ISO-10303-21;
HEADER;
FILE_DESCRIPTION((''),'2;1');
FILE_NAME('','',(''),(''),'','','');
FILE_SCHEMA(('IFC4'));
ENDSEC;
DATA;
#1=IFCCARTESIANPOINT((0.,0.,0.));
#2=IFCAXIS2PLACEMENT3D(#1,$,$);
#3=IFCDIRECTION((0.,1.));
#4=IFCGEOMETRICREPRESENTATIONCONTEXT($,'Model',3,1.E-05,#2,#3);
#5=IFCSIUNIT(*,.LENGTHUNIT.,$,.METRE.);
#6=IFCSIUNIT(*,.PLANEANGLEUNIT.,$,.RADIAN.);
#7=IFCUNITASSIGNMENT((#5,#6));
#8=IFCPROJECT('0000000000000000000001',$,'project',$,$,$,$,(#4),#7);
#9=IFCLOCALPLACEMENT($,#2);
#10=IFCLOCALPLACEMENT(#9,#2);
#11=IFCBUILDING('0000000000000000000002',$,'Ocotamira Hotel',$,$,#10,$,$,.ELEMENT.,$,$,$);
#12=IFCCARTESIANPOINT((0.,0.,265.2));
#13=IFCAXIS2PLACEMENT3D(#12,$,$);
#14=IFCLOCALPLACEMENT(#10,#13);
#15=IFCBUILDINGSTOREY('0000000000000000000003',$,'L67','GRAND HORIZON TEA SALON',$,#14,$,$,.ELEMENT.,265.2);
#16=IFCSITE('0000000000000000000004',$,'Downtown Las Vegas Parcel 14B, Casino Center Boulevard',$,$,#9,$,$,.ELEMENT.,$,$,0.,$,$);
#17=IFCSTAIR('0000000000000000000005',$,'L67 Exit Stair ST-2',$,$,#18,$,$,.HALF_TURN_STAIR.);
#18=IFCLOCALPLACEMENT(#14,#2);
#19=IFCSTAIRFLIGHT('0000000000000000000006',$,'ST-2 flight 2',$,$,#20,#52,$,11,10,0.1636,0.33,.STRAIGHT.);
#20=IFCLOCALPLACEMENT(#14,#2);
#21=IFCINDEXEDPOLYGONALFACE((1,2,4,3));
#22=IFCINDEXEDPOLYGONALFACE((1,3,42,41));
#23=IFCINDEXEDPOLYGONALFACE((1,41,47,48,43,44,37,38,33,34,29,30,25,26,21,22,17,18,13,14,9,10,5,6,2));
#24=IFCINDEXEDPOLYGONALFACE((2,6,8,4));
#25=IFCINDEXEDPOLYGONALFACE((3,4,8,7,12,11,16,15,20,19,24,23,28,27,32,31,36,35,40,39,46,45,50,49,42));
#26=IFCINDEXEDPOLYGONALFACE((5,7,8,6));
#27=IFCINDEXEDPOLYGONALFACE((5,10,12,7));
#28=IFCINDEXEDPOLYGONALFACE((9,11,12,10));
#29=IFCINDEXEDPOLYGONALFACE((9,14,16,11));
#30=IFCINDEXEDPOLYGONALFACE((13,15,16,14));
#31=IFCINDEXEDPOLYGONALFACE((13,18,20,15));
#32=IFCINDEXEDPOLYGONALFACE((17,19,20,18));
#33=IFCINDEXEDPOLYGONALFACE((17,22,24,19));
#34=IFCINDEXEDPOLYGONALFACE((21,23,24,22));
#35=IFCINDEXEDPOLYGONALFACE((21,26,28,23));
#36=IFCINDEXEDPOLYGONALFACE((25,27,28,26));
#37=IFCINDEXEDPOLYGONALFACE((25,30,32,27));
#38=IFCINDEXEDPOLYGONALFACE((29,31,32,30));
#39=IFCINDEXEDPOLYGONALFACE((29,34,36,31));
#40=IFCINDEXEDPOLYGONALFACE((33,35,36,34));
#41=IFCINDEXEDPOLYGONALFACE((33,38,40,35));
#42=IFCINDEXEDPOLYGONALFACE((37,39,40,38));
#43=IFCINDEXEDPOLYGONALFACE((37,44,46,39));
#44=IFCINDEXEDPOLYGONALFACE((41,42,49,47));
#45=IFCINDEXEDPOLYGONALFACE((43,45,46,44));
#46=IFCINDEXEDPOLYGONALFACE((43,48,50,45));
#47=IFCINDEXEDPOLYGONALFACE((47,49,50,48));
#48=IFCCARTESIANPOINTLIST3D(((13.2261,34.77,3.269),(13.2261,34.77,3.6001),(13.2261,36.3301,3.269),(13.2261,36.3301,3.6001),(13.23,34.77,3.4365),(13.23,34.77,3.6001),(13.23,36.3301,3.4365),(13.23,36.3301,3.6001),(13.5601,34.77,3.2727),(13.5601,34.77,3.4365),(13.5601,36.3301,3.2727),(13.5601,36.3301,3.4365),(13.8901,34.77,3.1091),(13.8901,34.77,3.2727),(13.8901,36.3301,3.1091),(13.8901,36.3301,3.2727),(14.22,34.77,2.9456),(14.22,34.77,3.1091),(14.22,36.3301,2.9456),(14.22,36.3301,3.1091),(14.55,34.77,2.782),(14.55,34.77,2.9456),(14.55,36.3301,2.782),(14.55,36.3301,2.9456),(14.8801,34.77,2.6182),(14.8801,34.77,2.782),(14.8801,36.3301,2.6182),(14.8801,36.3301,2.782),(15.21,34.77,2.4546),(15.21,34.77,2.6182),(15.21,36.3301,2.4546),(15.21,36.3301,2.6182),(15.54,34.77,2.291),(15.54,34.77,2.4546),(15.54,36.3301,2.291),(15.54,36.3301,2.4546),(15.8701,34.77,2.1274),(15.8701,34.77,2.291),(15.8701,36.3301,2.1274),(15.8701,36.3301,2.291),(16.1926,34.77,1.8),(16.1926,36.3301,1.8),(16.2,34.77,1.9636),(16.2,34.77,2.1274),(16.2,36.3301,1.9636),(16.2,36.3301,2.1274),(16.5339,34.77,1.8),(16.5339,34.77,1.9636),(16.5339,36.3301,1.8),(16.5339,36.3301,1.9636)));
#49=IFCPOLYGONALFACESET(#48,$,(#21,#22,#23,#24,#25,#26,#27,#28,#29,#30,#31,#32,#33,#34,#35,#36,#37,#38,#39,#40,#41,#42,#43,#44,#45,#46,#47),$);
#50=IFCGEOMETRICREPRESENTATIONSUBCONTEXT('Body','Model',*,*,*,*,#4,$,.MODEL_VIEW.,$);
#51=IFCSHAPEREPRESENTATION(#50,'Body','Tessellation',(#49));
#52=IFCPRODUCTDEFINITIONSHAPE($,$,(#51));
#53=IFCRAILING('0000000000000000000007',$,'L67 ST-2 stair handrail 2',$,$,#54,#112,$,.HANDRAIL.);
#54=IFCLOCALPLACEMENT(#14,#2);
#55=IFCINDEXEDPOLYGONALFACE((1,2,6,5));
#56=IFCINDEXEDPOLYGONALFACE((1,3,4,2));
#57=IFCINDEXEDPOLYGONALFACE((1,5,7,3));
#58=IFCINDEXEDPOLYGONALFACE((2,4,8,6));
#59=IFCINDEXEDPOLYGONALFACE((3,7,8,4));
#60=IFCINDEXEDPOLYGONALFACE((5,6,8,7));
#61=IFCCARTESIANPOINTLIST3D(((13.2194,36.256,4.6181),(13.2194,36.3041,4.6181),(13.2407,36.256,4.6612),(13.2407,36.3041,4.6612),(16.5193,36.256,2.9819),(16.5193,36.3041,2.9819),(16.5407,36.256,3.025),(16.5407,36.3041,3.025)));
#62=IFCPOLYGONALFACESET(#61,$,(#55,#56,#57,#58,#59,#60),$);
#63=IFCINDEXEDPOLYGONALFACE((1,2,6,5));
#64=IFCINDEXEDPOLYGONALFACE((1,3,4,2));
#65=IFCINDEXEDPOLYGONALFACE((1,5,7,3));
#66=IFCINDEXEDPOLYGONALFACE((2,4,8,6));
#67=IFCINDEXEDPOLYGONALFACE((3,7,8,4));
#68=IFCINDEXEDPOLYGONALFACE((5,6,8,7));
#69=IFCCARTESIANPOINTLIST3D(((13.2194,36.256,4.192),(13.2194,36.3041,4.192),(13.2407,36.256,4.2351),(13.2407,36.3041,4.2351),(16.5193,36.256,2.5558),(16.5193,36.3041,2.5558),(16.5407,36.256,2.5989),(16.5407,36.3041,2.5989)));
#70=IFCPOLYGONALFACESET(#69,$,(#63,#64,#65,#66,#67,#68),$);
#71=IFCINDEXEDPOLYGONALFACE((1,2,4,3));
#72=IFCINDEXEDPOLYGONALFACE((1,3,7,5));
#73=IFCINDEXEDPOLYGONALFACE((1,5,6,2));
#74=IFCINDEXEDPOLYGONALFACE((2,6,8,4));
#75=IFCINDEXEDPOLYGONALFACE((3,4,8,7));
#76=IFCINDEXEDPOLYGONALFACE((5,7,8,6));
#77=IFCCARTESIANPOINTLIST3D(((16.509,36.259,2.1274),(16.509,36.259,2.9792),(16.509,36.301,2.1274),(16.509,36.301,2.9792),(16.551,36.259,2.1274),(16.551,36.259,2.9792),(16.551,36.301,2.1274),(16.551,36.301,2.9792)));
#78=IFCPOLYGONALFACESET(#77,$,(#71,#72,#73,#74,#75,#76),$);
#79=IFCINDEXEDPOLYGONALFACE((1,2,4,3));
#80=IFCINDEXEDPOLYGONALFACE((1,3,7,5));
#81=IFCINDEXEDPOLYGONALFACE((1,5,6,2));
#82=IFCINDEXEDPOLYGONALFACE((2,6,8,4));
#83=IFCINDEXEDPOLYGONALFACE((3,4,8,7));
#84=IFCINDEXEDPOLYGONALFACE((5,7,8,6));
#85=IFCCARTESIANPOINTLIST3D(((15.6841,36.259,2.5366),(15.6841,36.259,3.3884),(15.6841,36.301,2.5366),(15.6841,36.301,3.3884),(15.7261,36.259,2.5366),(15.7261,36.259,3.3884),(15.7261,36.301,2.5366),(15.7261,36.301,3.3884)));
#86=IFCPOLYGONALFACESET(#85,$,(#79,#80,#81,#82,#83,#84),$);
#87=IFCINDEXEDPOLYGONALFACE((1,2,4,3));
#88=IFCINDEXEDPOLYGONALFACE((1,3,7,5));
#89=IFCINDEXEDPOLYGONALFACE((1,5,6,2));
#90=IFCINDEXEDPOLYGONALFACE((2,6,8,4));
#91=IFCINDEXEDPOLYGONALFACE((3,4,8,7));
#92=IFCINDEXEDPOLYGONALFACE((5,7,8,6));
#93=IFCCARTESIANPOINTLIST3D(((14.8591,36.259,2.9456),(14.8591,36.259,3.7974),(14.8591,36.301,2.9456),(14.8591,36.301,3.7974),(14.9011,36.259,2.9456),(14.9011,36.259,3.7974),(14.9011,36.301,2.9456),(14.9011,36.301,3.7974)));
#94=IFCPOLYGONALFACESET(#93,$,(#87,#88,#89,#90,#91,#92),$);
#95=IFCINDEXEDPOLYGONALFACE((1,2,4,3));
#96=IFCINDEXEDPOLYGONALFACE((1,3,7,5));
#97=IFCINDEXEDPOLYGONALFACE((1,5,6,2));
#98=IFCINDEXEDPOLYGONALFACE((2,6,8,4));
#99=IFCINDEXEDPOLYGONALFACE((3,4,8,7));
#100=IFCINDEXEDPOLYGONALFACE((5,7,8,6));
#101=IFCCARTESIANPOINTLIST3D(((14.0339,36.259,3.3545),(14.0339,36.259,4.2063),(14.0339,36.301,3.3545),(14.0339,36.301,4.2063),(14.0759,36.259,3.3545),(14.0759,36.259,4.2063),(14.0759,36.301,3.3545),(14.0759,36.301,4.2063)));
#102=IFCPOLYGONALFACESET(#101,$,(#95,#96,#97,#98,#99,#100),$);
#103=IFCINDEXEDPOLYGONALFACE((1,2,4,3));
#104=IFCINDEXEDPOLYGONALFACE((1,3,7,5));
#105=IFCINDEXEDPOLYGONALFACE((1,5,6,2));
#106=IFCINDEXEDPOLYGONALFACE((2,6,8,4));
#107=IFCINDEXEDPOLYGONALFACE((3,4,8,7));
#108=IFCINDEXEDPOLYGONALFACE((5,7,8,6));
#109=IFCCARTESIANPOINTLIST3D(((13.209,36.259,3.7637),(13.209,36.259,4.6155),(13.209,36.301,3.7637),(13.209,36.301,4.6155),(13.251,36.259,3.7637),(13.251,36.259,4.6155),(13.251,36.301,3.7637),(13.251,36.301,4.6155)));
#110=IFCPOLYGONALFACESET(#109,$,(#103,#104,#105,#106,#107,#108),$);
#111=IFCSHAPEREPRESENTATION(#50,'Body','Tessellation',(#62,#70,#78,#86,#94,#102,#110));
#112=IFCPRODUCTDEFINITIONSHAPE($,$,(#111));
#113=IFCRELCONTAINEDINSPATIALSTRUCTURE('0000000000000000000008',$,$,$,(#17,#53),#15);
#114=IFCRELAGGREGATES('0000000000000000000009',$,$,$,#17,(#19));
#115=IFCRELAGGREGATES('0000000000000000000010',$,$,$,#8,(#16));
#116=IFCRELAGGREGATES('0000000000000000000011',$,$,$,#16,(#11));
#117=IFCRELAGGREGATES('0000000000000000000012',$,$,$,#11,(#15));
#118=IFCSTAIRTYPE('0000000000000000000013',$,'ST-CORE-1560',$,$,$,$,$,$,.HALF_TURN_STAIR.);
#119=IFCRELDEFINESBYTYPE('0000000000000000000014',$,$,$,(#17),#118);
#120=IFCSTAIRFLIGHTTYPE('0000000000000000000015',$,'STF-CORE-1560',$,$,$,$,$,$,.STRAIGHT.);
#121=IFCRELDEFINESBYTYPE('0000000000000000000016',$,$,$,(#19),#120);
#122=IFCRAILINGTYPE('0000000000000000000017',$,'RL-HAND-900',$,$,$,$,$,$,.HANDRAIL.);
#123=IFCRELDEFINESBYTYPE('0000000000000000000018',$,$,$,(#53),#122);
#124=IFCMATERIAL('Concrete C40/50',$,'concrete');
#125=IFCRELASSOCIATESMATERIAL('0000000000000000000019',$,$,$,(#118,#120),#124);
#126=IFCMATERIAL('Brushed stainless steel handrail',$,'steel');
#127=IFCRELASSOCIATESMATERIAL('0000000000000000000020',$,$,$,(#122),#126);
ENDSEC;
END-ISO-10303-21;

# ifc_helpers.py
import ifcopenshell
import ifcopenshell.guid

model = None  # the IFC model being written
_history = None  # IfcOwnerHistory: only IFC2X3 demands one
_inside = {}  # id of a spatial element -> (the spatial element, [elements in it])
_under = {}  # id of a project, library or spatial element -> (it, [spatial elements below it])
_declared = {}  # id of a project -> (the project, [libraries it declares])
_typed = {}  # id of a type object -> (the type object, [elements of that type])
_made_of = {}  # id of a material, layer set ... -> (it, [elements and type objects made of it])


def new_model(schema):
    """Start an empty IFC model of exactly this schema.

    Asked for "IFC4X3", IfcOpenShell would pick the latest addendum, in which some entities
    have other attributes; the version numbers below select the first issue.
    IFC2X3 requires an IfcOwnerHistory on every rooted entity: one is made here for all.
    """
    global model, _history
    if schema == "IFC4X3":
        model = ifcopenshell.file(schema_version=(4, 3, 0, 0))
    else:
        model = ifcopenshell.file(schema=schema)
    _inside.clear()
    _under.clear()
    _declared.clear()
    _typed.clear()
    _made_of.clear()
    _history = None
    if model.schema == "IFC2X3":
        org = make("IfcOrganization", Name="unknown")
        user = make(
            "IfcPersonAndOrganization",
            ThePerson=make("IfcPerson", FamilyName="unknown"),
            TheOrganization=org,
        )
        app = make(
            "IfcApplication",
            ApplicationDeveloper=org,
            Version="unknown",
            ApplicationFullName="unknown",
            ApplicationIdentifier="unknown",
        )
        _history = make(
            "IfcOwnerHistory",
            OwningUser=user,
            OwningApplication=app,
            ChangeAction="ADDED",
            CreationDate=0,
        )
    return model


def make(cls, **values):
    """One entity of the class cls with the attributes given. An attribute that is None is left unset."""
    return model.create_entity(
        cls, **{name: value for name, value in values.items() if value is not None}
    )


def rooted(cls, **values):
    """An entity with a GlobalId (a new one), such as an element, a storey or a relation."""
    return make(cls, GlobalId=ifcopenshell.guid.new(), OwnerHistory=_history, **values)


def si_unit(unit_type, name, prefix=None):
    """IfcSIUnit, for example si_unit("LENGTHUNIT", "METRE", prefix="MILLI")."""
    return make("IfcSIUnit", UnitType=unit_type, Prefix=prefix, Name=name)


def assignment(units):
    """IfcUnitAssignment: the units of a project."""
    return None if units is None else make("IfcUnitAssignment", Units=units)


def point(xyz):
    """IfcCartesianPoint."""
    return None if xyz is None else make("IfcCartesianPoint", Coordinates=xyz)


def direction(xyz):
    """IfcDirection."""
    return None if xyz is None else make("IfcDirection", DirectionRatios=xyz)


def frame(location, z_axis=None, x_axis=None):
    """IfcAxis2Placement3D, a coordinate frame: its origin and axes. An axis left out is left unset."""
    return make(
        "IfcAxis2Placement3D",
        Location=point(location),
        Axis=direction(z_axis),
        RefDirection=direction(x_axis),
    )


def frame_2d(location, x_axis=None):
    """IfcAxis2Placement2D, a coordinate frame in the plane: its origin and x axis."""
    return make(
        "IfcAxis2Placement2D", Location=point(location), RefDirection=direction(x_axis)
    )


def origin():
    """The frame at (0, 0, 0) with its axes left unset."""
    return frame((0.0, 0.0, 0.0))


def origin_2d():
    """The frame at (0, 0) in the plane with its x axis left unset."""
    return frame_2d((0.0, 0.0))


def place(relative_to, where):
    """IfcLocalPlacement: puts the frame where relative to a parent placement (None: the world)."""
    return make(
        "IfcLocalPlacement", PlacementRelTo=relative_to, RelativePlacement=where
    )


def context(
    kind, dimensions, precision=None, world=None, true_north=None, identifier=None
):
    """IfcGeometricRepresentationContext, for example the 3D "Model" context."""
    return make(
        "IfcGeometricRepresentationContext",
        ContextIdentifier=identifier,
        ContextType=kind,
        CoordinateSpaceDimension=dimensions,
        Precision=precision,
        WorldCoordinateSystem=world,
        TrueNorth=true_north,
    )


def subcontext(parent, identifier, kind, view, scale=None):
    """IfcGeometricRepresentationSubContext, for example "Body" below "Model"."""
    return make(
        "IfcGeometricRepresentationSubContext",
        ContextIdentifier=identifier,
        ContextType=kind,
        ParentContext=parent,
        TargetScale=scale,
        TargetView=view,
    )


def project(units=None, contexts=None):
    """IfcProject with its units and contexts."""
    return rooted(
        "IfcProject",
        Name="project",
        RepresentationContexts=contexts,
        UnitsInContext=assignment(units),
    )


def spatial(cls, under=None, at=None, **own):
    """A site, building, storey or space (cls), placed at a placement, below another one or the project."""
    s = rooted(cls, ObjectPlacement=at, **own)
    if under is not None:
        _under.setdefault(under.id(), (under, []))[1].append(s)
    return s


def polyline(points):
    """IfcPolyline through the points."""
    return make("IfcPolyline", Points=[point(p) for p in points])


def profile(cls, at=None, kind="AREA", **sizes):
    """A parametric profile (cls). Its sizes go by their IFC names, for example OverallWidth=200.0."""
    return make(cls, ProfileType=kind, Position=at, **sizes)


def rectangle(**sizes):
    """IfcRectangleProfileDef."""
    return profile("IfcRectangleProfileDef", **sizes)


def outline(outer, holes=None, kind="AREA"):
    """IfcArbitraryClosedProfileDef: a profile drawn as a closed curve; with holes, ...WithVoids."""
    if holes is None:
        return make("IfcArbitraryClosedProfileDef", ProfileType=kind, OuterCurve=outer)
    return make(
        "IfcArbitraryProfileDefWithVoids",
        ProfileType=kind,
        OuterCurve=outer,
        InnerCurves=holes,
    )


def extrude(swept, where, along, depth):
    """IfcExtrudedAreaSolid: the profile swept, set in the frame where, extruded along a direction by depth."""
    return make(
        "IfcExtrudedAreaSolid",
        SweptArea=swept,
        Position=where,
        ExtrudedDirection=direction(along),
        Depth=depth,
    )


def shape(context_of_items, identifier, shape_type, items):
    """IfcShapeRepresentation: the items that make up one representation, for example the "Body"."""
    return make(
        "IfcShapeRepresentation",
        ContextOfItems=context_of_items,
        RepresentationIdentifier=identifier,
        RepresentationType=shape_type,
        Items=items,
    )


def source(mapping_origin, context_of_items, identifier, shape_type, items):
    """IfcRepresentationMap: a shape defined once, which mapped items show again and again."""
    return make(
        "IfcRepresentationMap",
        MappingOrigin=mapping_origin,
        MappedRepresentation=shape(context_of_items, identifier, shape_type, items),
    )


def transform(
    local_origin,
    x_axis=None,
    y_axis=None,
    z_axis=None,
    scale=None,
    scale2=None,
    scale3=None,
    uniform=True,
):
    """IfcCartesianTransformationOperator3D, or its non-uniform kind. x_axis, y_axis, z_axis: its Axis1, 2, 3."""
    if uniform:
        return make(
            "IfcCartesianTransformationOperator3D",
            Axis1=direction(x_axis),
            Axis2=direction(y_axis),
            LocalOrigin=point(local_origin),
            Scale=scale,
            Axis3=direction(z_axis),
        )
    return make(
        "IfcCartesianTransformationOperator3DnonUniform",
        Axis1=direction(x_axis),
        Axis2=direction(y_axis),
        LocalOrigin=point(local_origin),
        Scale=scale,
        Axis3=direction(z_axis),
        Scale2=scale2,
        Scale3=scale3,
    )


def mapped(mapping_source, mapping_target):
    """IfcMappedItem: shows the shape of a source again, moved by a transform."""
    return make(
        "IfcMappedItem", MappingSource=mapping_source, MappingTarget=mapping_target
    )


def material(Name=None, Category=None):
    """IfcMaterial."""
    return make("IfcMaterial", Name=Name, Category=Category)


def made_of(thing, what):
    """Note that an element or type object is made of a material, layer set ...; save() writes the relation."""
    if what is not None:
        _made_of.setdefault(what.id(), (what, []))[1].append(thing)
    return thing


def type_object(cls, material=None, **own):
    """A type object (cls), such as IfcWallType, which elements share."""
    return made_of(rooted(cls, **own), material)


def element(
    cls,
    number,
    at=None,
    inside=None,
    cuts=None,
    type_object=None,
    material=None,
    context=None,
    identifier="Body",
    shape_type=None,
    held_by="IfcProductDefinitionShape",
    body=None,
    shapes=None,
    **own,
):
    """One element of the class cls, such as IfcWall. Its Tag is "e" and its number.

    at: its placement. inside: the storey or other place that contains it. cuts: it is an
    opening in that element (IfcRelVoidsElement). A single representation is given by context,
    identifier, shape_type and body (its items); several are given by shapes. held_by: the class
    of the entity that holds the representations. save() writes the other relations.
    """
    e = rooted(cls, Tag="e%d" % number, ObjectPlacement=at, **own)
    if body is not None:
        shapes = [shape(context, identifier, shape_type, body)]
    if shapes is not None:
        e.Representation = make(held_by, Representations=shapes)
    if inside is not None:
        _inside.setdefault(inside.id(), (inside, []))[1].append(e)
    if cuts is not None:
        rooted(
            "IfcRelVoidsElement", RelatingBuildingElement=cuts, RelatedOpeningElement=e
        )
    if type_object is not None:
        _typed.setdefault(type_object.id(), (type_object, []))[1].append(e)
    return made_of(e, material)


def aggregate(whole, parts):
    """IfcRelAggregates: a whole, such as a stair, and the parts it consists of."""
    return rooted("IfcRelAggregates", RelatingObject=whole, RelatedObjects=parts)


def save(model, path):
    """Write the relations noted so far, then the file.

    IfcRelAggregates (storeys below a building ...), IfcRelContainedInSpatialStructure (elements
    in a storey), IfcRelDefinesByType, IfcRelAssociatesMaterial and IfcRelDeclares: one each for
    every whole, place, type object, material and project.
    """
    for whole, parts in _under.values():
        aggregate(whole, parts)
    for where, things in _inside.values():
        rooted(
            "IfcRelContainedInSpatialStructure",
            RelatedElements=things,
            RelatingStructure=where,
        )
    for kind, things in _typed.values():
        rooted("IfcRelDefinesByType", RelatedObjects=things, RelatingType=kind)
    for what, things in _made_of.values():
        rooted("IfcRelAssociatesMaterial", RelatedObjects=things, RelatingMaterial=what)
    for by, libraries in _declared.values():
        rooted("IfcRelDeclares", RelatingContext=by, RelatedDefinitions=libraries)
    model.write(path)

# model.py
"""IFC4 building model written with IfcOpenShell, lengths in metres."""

from ifc_helpers import new_model, si_unit, direction, frame, origin, origin_2d, place, context, subcontext, project, spatial, polyline, rectangle, outline, extrude, source, transform, mapped, material, type_object, element, aggregate, save


model = new_model("IFC4")

# Units and contexts
model_context = context("Model", 3, precision=1e-05, world=origin(), true_north=direction((0.0, 1.0)))
body_context = subcontext(model_context, "Body", "Model", "MODEL_VIEW")
ifc_project = project(units=[si_unit("LENGTHUNIT", "METRE"), si_unit("PLANEANGLEUNIT", "RADIAN")], contexts=[model_context])

# Site, building, storey
site_placement = place(None, origin())
site = spatial("IfcSite", under=ifc_project, at=site_placement, Name="Downtown Las Vegas Parcel 14B, Casino Center Boulevard", CompositionType="ELEMENT", RefElevation=0.0)
building_placement = place(site_placement, origin())
building = spatial("IfcBuilding", under=site, at=building_placement, Name="Ocotamira Hotel", CompositionType="ELEMENT")
storey_placement = place(building_placement, frame((0.0, 0.0, 265.2)))
storey = spatial("IfcBuildingStorey", under=building, at=storey_placement, Name="L67", Description="GRAND HORIZON TEA SALON", CompositionType="ELEMENT", Elevation=265.2)

# Stair, stair flight
ifc_material_1 = material(Name="Concrete C40/50", Category="concrete")
stair_type = type_object("IfcStairType", Name="ST-CORE-1560", PredefinedType="HALF_TURN_STAIR", material=ifc_material_1)
stair_placement = place(storey_placement, origin())
stair = element("IfcStair", 1, at=stair_placement, inside=storey, type_object=stair_type, Name="L67 Exit Stair ST-2", PredefinedType="HALF_TURN_STAIR")
stair_flight_type = type_object("IfcStairFlightType", Name="STF-CORE-1560", PredefinedType="STRAIGHT", material=ifc_material_1)
shared_shape_1 = source(origin(), body_context, "Body", "SweptSolid", [
    extrude(outline(polyline([(-0.0039, 0.0), (-0.0039, 0.1636), (0.3301, 0.1636), (0.3301, 0.3274), (0.6599, 0.3274), (0.6599, 0.491), (0.99, 0.491), (0.99, 0.6545), (1.3201, 0.6545), (1.3201, 0.8181), (1.6499, 0.8181), (1.6499, 0.9819), (1.98, 0.9819), (1.98, 1.1455), (2.3101, 1.1455), (2.3101, 1.3091), (2.6399, 1.3091), (2.6399, 1.4727), (2.97, 1.4727), (2.97, 1.6365), (3.3, 1.6365), (3.3, 1.8), (3.304, 1.8), (3.304, 1.469), (0.3374, 0.0), (-0.0039, 0.0)])), frame((0.0, 0.78, 0.0), z_axis=(0.0, -1.0, 0.0), x_axis=(1.0, 0.0, 0.0)), (0.0, 0.0, 1.0), 1.5601),
])
stair_flight_placement = place(storey_placement, frame((16.53, 35.55, 1.8), z_axis=(0.0, 0.0, 1.0), x_axis=(-1.0, 0.0, 0.0)))
stair_flight = element("IfcStairFlight", 2, at=stair_flight_placement, type_object=stair_flight_type, Name="ST-2 flight 2", NumberOfRisers=11, NumberOfTreads=10, PredefinedType="STRAIGHT", RiserHeight=0.1636, TreadLength=0.33, context=body_context, shape_type="MappedRepresentation", body=[
    mapped(shared_shape_1, transform((0.0, 0.0, 0.0), scale=1.0)),
])
aggregate(stair, [stair_flight])

# Railing
ifc_material_2 = material(Name="Brushed stainless steel handrail", Category="steel")
railing_type = type_object("IfcRailingType", Name="RL-HAND-900", PredefinedType="HANDRAIL", material=ifc_material_2)
railing_placement = place(storey_placement, frame((16.53, 36.28, 2.1274)))
element("IfcRailing", 3, at=railing_placement, inside=storey, type_object=railing_type, Name="L67 ST-2 stair handrail 2", PredefinedType="HANDRAIL", context=body_context, shape_type="SweptSolid", body=[
    extrude(rectangle(XDim=0.0481, YDim=0.0481, at=origin_2d()), frame((0.0, 0.0, 0.876), z_axis=(-0.89592, 0.0, 0.444215), x_axis=(0.0, -1.0, 0.0)), (0.0, 0.0, 1.0), 3.6833),
    extrude(rectangle(XDim=0.0481, YDim=0.0481, at=origin_2d()), frame((0.0, 0.0, 0.45), z_axis=(-0.89592, 0.0, 0.444215), x_axis=(0.0, -1.0, 0.0)), (0.0, 0.0, 1.0), 3.6833),
    extrude(rectangle(XDim=0.042, YDim=0.042, at=origin_2d()), origin(), (0.0, 0.0, 1.0), 0.8518),
    extrude(rectangle(XDim=0.042, YDim=0.042, at=origin_2d()), frame((-0.825, 0.0, 0.4092)), (0.0, 0.0, 1.0), 0.8518),
    extrude(rectangle(XDim=0.042, YDim=0.042, at=origin_2d()), frame((-1.6499, 0.0, 0.8181)), (0.0, 0.0, 1.0), 0.8518),
    extrude(rectangle(XDim=0.042, YDim=0.042, at=origin_2d()), frame((-2.4751, 0.0, 1.2271)), (0.0, 0.0, 1.0), 0.8518),
    extrude(rectangle(XDim=0.042, YDim=0.042, at=origin_2d()), frame((-3.3, 0.0, 1.6362)), (0.0, 0.0, 1.0), 0.8518),
])

save(model, "model.ifc")
